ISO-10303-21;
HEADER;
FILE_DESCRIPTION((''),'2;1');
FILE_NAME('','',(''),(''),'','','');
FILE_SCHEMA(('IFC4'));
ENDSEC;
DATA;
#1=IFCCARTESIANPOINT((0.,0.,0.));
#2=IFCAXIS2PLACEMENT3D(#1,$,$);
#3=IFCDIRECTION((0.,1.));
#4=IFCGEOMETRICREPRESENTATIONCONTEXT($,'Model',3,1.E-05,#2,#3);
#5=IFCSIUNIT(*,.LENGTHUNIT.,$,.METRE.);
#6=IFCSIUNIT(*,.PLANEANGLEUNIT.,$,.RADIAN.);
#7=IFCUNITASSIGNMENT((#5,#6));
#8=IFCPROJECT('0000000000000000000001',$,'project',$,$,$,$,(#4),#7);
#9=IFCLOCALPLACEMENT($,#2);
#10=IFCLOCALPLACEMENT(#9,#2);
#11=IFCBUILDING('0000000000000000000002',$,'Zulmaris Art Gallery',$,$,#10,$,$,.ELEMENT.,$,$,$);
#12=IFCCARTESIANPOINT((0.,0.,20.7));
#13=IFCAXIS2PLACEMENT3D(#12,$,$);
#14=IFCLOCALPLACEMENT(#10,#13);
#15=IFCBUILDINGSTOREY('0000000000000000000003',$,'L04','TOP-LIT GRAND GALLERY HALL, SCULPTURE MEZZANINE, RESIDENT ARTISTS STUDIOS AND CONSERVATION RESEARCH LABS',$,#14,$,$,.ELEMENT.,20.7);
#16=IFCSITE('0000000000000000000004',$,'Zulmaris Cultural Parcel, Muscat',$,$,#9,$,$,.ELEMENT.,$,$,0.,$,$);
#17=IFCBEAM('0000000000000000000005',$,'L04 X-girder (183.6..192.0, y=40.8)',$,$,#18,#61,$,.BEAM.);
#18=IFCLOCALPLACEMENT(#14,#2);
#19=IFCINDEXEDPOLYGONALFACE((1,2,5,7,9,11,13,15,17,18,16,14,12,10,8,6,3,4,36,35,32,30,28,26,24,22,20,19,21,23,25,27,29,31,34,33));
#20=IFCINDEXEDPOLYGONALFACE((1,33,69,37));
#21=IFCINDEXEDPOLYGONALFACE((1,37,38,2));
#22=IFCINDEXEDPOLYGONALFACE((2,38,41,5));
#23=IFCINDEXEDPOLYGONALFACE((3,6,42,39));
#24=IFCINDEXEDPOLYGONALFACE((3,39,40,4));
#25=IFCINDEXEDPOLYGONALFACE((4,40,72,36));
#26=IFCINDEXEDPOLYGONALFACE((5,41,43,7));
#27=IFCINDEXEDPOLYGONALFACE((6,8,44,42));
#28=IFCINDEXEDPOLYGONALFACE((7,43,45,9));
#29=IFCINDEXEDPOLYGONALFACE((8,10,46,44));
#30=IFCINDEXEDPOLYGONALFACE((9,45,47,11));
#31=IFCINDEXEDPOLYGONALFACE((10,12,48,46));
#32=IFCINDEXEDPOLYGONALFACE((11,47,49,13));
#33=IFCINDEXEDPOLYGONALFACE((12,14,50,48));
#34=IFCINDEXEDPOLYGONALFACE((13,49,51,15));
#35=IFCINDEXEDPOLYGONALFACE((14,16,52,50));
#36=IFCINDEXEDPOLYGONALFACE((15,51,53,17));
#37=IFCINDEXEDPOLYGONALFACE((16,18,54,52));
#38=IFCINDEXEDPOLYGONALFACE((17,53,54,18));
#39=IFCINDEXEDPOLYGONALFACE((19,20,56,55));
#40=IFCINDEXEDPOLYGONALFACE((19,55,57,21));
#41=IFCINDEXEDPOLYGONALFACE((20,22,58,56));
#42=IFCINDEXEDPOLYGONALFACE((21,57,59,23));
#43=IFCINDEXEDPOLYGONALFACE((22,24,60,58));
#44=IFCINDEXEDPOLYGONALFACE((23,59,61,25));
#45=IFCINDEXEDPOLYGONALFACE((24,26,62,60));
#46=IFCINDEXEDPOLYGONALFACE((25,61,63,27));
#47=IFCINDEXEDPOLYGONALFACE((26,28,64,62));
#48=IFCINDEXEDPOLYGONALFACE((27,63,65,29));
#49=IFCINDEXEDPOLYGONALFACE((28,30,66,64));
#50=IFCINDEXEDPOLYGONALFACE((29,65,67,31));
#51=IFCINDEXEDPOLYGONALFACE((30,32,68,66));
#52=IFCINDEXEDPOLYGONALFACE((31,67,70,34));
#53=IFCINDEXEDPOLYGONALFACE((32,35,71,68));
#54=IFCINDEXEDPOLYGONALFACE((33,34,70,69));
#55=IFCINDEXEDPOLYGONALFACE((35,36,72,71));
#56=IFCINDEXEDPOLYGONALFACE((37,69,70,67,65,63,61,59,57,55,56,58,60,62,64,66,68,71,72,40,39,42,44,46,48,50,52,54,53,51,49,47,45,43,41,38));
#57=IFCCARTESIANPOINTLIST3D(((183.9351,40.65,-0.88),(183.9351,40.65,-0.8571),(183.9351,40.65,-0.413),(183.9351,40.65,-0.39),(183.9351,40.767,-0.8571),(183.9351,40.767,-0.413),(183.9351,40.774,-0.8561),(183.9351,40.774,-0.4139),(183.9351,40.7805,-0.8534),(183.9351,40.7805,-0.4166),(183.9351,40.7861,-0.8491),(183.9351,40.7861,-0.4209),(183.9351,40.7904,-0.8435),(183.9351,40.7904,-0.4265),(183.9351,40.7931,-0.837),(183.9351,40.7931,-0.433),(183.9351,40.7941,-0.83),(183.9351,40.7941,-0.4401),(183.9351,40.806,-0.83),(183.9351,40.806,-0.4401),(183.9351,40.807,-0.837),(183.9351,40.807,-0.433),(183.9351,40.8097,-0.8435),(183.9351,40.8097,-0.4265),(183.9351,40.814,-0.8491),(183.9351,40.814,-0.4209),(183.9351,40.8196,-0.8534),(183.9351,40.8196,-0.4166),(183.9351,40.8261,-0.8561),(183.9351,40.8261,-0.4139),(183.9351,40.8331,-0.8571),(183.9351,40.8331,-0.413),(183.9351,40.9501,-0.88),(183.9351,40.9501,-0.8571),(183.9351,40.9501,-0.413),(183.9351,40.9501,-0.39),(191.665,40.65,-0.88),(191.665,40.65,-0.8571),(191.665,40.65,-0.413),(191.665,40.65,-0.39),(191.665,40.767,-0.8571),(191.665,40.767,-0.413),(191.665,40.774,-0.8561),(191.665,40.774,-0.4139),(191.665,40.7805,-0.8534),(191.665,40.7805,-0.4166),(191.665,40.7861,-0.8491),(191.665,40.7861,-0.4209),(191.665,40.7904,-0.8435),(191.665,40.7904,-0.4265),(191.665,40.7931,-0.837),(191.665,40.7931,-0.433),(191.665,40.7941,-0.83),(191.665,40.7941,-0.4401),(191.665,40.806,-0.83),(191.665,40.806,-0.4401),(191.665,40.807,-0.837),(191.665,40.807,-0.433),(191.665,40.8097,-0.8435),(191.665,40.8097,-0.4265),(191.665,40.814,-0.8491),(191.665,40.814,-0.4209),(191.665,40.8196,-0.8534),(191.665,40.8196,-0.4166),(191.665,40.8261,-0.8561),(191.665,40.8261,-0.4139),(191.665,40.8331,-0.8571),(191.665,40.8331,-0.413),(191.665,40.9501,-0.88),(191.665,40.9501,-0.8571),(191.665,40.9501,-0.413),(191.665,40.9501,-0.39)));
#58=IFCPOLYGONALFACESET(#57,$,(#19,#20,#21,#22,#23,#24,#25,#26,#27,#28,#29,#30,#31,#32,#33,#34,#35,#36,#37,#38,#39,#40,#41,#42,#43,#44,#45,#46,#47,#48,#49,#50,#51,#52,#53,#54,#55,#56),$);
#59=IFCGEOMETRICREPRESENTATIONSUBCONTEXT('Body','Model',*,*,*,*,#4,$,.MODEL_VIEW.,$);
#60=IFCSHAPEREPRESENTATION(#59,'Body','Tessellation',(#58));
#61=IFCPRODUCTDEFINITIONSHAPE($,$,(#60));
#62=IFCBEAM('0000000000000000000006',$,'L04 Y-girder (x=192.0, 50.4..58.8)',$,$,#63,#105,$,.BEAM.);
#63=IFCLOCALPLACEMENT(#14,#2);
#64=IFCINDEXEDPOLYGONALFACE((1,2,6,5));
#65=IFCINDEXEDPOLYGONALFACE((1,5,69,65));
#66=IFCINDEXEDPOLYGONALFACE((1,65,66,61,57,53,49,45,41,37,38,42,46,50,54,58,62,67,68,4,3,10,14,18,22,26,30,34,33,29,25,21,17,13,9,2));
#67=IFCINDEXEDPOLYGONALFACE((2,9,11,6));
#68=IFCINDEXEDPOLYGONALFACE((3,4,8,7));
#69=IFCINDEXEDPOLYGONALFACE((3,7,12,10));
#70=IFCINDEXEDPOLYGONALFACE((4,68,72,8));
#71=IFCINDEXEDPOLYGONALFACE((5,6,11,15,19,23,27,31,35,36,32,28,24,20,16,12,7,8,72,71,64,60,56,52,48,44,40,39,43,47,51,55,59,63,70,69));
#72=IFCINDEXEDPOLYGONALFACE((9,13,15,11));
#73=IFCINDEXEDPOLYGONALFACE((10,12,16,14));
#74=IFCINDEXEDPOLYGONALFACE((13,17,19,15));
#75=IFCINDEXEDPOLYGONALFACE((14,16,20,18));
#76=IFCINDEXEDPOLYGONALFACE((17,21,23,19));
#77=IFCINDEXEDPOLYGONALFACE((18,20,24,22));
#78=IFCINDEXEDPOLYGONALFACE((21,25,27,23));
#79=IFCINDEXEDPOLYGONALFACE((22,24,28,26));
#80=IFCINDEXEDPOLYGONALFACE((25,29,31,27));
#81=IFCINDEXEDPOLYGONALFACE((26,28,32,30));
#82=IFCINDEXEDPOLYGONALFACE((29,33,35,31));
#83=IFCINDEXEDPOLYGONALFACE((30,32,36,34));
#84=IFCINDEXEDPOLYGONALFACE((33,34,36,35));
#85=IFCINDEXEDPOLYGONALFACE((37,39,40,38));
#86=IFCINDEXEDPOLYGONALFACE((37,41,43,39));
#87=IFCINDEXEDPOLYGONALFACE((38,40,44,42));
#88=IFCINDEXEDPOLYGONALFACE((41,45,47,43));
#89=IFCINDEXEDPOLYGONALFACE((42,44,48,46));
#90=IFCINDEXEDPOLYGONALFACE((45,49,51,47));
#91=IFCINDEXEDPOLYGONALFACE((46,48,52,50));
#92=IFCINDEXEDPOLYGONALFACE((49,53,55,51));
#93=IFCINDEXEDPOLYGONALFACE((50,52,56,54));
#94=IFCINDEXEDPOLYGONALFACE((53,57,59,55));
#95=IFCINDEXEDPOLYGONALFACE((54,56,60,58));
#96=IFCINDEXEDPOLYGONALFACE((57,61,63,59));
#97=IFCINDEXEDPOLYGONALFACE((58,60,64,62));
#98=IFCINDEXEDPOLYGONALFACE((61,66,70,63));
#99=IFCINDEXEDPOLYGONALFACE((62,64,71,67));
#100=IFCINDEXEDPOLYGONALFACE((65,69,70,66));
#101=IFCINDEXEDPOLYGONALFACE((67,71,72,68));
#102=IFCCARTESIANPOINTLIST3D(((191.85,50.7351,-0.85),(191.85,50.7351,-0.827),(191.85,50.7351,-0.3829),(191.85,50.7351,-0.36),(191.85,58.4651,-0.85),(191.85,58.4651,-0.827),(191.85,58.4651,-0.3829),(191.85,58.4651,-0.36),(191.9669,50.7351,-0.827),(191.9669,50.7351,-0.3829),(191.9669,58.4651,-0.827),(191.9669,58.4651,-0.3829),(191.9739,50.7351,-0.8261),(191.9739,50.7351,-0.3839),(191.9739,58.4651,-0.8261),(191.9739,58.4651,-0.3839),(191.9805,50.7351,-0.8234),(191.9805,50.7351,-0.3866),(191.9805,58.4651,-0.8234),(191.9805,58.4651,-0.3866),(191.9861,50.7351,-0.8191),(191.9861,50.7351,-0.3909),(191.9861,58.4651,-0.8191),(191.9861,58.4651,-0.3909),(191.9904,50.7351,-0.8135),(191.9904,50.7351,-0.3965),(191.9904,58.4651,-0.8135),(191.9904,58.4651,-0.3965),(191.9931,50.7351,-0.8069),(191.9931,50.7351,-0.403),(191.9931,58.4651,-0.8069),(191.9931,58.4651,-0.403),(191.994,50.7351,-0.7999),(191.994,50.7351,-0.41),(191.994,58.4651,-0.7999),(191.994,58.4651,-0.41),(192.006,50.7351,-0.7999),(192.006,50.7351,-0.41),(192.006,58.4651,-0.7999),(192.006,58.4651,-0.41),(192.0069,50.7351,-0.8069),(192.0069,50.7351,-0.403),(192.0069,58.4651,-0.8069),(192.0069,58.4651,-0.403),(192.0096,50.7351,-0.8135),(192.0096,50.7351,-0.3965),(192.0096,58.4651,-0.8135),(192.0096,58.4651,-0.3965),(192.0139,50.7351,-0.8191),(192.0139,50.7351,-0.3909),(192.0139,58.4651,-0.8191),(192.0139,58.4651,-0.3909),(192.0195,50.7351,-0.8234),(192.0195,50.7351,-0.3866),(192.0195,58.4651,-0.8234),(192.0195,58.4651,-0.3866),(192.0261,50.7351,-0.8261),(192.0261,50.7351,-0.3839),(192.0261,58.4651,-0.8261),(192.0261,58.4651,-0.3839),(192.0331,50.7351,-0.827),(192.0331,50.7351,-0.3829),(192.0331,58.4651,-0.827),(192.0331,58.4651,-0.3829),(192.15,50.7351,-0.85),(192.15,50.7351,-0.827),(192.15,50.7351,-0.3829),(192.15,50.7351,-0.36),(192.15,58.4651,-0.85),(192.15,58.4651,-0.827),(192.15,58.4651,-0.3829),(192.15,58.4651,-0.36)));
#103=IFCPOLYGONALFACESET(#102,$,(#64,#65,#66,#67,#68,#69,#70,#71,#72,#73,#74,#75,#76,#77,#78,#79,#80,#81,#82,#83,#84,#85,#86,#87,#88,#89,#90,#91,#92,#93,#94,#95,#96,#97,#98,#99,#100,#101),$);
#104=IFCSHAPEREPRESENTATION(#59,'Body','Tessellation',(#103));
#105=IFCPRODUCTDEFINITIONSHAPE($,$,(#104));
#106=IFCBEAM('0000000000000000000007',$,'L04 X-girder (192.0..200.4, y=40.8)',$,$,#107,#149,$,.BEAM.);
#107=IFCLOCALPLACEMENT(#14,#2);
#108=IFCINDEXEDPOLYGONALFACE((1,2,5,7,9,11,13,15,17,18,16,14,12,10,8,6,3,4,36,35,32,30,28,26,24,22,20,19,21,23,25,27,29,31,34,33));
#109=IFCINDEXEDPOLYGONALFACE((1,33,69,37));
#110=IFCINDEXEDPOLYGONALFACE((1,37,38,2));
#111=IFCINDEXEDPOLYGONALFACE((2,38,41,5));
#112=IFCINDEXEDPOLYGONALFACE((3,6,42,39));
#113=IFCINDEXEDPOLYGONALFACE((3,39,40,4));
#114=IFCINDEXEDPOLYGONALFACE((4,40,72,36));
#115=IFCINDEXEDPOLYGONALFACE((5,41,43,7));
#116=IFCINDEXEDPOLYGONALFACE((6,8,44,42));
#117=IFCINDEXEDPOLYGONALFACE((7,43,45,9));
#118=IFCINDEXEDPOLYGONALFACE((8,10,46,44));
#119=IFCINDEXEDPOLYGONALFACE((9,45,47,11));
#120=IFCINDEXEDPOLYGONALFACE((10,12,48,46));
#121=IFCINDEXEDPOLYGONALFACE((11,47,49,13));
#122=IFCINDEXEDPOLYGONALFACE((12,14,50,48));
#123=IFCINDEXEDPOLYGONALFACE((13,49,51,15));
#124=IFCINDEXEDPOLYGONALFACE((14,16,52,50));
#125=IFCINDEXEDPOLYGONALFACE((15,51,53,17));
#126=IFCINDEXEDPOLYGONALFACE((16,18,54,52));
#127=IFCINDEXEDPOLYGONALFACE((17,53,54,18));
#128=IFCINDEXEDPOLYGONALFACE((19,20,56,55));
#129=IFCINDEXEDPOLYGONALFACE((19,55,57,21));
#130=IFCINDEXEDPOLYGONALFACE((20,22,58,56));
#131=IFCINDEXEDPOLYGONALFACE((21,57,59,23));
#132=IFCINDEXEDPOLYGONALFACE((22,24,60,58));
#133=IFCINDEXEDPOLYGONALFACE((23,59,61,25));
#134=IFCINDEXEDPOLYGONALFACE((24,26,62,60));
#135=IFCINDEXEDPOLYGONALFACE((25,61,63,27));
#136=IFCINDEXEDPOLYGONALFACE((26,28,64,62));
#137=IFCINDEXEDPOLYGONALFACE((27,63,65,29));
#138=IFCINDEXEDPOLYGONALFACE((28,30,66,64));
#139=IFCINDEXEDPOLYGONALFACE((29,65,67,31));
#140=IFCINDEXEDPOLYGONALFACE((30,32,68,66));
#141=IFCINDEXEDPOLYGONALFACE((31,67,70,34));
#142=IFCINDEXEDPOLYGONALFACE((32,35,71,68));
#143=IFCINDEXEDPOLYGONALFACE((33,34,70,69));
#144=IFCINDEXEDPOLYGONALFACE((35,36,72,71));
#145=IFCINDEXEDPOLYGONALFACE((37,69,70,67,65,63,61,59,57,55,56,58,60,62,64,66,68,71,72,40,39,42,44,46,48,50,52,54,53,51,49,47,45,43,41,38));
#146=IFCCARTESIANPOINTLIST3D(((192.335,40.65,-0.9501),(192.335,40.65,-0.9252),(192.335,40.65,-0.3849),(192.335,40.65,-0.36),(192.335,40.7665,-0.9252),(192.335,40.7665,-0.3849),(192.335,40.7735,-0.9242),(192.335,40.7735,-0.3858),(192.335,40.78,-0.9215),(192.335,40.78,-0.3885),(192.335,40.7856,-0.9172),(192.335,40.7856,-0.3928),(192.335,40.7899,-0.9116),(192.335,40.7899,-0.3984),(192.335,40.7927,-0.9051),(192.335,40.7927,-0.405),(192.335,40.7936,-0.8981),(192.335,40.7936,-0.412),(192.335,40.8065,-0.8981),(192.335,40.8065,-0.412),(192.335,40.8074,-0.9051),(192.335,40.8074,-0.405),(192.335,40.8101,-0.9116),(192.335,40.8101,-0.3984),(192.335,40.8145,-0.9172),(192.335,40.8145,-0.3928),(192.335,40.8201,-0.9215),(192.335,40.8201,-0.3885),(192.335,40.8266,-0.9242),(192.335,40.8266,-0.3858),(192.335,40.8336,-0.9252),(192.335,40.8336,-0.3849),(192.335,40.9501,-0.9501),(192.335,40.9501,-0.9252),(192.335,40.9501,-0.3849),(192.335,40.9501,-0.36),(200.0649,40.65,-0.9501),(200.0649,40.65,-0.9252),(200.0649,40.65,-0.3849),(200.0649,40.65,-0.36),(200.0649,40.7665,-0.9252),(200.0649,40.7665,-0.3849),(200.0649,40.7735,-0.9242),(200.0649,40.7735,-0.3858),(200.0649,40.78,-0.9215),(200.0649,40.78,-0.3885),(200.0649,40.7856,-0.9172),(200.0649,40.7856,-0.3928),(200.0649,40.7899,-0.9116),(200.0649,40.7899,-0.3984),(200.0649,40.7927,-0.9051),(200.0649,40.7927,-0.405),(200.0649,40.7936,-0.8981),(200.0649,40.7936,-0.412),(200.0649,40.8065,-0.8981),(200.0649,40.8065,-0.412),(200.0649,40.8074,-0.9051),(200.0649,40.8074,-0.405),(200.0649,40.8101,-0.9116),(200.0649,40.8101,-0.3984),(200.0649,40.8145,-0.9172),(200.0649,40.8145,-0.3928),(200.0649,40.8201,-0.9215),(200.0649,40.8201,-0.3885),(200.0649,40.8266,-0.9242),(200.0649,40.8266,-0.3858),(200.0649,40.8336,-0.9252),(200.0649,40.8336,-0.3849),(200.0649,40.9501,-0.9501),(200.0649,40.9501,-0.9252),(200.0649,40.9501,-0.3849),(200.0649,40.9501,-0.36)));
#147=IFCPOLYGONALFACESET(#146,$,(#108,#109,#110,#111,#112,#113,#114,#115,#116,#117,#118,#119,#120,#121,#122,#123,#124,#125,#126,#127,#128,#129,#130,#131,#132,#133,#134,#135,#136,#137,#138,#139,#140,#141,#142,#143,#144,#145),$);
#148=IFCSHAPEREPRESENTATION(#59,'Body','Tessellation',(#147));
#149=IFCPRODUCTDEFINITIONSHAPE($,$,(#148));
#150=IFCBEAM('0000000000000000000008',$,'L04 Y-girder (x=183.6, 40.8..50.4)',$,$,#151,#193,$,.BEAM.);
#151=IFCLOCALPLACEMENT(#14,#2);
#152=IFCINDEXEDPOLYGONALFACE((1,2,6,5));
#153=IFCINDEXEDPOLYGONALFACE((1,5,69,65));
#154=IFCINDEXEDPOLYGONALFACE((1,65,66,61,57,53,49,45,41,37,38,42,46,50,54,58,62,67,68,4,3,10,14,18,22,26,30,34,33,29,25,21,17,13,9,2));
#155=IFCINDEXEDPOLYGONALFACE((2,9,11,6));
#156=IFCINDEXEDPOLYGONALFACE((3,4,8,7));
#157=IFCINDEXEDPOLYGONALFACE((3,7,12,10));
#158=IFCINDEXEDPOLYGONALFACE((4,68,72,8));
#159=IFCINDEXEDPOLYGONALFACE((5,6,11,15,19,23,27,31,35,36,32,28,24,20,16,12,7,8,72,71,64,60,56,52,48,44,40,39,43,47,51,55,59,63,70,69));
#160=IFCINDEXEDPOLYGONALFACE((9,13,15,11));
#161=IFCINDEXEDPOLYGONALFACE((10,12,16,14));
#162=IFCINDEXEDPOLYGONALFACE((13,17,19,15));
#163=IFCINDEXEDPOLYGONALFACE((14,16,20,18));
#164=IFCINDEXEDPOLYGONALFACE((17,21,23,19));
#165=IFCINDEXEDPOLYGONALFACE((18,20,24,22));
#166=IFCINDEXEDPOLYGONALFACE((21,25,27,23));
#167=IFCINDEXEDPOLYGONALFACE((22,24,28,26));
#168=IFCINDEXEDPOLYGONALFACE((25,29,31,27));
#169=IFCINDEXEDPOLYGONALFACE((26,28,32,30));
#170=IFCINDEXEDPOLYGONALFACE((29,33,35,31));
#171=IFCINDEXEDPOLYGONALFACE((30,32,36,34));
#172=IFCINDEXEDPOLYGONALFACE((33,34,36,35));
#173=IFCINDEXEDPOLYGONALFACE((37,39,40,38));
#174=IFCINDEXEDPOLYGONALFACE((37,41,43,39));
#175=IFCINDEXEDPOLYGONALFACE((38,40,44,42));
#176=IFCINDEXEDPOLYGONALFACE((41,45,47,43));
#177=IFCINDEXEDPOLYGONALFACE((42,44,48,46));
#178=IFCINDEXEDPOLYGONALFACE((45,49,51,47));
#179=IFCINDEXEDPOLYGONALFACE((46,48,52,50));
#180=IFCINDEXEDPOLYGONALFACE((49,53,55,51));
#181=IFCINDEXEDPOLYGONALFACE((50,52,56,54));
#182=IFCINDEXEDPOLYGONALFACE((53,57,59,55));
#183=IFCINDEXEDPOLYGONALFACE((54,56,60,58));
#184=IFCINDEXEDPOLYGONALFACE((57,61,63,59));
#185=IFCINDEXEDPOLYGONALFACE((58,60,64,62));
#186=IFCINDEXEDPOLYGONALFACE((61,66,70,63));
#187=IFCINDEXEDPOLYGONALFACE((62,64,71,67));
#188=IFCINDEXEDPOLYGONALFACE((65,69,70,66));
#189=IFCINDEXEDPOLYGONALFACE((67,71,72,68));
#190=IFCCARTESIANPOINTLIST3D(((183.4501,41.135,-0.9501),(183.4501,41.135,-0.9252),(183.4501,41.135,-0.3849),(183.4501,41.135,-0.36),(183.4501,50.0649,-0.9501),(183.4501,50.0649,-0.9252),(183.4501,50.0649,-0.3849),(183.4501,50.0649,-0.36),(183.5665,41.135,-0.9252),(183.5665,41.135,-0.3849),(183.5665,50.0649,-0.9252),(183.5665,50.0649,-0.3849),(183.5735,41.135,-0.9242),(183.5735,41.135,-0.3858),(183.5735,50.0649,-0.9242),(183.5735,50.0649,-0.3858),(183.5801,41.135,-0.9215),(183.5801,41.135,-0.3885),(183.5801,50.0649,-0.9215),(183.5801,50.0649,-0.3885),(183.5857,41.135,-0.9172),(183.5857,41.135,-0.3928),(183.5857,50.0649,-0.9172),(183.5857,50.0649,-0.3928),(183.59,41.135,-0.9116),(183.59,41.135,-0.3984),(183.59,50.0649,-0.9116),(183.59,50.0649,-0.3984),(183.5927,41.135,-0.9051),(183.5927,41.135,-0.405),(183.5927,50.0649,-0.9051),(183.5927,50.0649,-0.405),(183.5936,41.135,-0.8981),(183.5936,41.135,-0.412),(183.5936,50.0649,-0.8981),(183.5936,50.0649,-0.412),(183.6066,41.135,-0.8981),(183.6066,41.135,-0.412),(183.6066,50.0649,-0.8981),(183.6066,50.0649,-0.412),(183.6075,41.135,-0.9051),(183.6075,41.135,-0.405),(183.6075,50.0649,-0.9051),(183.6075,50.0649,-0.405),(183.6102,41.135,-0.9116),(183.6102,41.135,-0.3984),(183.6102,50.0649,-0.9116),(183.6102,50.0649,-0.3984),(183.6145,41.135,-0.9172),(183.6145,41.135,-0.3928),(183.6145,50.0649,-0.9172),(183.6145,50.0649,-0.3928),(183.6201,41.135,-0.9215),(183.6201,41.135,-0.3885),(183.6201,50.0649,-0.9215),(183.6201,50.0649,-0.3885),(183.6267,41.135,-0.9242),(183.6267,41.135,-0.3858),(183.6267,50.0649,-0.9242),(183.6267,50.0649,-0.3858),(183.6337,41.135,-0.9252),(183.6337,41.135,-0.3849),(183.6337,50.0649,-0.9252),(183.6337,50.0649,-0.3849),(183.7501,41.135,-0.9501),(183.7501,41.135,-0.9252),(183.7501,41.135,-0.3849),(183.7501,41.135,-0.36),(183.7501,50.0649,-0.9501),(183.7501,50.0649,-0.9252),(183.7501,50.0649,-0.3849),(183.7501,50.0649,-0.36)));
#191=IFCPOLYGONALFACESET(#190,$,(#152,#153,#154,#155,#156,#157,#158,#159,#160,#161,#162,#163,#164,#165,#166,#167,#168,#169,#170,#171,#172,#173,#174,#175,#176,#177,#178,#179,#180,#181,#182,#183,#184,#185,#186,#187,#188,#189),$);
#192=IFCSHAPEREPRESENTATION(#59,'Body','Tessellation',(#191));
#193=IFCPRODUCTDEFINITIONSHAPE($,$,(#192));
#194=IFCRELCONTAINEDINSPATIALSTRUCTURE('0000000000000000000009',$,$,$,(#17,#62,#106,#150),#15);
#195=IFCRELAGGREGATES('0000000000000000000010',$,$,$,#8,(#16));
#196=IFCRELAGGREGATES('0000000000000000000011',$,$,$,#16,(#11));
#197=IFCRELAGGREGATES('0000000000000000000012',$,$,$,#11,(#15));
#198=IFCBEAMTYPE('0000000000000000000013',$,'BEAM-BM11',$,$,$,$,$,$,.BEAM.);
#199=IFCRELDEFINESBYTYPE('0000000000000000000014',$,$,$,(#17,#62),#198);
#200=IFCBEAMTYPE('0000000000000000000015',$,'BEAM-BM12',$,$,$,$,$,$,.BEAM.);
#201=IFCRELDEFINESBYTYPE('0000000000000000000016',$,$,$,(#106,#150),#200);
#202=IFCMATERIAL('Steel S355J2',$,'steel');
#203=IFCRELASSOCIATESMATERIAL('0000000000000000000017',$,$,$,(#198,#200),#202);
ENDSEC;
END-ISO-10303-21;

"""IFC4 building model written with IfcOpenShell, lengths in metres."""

from ifc_helpers import new_model, si_unit, direction, frame, origin, origin_2d, place, context, subcontext, project, spatial, i_section, extrude, material, material_profile, profile_set, type_object, element, save


model = new_model("IFC4")

# Units and contexts
model_context = context("Model", 3, precision=1e-05, world=origin(), true_north=direction((0.0, 1.0)))
body_context = subcontext(model_context, "Body", "Model", "MODEL_VIEW")
ifc_project = project(units=[si_unit("LENGTHUNIT", "METRE"), si_unit("PLANEANGLEUNIT", "RADIAN")], contexts=[model_context])

# Site, building, storey
site_placement = place(None, origin())
site = spatial("IfcSite", under=ifc_project, at=site_placement, Name="Zulmaris Cultural Parcel, Muscat", CompositionType="ELEMENT", RefElevation=0.0)
building_placement = place(site_placement, origin())
building = spatial("IfcBuilding", under=site, at=building_placement, Name="Zulmaris Art Gallery", CompositionType="ELEMENT")
storey_placement = place(building_placement, frame((0.0, 0.0, 20.7)))
storey = spatial("IfcBuildingStorey", under=building, at=storey_placement, Name="L04", Description="TOP-LIT GRAND GALLERY HALL, SCULPTURE MEZZANINE, RESIDENT ARTISTS STUDIOS AND CONSERVATION RESEARCH LABS", CompositionType="ELEMENT", Elevation=20.7)

# Beams
ifc_material_1 = material(Name="Steel S355J2", Category="steel")
ifc_material_profile_1 = material_profile(ifc_material_1, i_section(OverallWidth=0.3, OverallDepth=0.49, WebThickness=0.012, FlangeThickness=0.0229, FilletRadius=0.0271, at=origin_2d()), Name="HEA 500")
ifc_profile_set_1 = profile_set([ifc_material_profile_1], Name="Steel S355J2")
beam_type_1 = type_object("IfcBeamType", Name="BEAM-BM11", PredefinedType="BEAM", material=ifc_profile_set_1)
for number, where, z_axis, x_axis, name in (
    (1, (183.9351, 40.8, -0.635), (1.0, 0.0, 0.0), (0.0, 1.0, 0.0), "L04 X-girder (183.6..192.0, y=40.8)"),
    (2, (192.0, 50.7351, -0.605), (0.0, 1.0, 0.0), (-1.0, 0.0, 0.0), "L04 Y-girder (x=192.0, 50.4..58.8)"),
):
    element("IfcBeam", number, at=place(storey_placement, frame(where, z_axis=z_axis, x_axis=x_axis)), inside=storey, type_object=beam_type_1, Name=name, PredefinedType="BEAM", context=body_context, shape_type="SweptSolid", body=[
        extrude(i_section(OverallWidth=0.3, OverallDepth=0.49, WebThickness=0.012, FlangeThickness=0.0229, FilletRadius=0.0271, at=origin_2d()), origin(), (0.0, 0.0, 1.0), 7.73),
    ])
ifc_material_profile_2 = material_profile(ifc_material_1, i_section(OverallWidth=0.3, OverallDepth=0.5901, WebThickness=0.0129, FlangeThickness=0.0249, FilletRadius=0.0271, at=origin_2d()), Name="HEA 600")
ifc_profile_set_2 = profile_set([ifc_material_profile_2], Name="Steel S355J2")
beam_type_2 = type_object("IfcBeamType", Name="BEAM-BM12", PredefinedType="BEAM", material=ifc_profile_set_2)
beam_1_placement = place(storey_placement, frame((192.335, 40.8, -0.655), z_axis=(1.0, 0.0, 0.0), x_axis=(0.0, 1.0, 0.0)))
element("IfcBeam", 3, at=beam_1_placement, inside=storey, type_object=beam_type_2, Name="L04 X-girder (192.0..200.4, y=40.8)", PredefinedType="BEAM", context=body_context, shape_type="SweptSolid", body=[
    extrude(i_section(OverallWidth=0.3, OverallDepth=0.5901, WebThickness=0.0129, FlangeThickness=0.0249, FilletRadius=0.0271, at=origin_2d()), origin(), (0.0, 0.0, 1.0), 7.73),
])
beam_2_placement = place(storey_placement, frame((183.6001, 41.135, -0.655), z_axis=(0.0, 1.0, 0.0), x_axis=(-1.0, 0.0, 0.0)))
element("IfcBeam", 4, at=beam_2_placement, inside=storey, type_object=beam_type_2, Name="L04 Y-girder (x=183.6, 40.8..50.4)", PredefinedType="BEAM", context=body_context, shape_type="SweptSolid", body=[
    extrude(i_section(OverallWidth=0.3, OverallDepth=0.5901, WebThickness=0.0129, FlangeThickness=0.0249, FilletRadius=0.0271, at=origin_2d()), origin(), (0.0, 0.0, 1.0), 8.9299),
])

save(model, "model.ifc")
